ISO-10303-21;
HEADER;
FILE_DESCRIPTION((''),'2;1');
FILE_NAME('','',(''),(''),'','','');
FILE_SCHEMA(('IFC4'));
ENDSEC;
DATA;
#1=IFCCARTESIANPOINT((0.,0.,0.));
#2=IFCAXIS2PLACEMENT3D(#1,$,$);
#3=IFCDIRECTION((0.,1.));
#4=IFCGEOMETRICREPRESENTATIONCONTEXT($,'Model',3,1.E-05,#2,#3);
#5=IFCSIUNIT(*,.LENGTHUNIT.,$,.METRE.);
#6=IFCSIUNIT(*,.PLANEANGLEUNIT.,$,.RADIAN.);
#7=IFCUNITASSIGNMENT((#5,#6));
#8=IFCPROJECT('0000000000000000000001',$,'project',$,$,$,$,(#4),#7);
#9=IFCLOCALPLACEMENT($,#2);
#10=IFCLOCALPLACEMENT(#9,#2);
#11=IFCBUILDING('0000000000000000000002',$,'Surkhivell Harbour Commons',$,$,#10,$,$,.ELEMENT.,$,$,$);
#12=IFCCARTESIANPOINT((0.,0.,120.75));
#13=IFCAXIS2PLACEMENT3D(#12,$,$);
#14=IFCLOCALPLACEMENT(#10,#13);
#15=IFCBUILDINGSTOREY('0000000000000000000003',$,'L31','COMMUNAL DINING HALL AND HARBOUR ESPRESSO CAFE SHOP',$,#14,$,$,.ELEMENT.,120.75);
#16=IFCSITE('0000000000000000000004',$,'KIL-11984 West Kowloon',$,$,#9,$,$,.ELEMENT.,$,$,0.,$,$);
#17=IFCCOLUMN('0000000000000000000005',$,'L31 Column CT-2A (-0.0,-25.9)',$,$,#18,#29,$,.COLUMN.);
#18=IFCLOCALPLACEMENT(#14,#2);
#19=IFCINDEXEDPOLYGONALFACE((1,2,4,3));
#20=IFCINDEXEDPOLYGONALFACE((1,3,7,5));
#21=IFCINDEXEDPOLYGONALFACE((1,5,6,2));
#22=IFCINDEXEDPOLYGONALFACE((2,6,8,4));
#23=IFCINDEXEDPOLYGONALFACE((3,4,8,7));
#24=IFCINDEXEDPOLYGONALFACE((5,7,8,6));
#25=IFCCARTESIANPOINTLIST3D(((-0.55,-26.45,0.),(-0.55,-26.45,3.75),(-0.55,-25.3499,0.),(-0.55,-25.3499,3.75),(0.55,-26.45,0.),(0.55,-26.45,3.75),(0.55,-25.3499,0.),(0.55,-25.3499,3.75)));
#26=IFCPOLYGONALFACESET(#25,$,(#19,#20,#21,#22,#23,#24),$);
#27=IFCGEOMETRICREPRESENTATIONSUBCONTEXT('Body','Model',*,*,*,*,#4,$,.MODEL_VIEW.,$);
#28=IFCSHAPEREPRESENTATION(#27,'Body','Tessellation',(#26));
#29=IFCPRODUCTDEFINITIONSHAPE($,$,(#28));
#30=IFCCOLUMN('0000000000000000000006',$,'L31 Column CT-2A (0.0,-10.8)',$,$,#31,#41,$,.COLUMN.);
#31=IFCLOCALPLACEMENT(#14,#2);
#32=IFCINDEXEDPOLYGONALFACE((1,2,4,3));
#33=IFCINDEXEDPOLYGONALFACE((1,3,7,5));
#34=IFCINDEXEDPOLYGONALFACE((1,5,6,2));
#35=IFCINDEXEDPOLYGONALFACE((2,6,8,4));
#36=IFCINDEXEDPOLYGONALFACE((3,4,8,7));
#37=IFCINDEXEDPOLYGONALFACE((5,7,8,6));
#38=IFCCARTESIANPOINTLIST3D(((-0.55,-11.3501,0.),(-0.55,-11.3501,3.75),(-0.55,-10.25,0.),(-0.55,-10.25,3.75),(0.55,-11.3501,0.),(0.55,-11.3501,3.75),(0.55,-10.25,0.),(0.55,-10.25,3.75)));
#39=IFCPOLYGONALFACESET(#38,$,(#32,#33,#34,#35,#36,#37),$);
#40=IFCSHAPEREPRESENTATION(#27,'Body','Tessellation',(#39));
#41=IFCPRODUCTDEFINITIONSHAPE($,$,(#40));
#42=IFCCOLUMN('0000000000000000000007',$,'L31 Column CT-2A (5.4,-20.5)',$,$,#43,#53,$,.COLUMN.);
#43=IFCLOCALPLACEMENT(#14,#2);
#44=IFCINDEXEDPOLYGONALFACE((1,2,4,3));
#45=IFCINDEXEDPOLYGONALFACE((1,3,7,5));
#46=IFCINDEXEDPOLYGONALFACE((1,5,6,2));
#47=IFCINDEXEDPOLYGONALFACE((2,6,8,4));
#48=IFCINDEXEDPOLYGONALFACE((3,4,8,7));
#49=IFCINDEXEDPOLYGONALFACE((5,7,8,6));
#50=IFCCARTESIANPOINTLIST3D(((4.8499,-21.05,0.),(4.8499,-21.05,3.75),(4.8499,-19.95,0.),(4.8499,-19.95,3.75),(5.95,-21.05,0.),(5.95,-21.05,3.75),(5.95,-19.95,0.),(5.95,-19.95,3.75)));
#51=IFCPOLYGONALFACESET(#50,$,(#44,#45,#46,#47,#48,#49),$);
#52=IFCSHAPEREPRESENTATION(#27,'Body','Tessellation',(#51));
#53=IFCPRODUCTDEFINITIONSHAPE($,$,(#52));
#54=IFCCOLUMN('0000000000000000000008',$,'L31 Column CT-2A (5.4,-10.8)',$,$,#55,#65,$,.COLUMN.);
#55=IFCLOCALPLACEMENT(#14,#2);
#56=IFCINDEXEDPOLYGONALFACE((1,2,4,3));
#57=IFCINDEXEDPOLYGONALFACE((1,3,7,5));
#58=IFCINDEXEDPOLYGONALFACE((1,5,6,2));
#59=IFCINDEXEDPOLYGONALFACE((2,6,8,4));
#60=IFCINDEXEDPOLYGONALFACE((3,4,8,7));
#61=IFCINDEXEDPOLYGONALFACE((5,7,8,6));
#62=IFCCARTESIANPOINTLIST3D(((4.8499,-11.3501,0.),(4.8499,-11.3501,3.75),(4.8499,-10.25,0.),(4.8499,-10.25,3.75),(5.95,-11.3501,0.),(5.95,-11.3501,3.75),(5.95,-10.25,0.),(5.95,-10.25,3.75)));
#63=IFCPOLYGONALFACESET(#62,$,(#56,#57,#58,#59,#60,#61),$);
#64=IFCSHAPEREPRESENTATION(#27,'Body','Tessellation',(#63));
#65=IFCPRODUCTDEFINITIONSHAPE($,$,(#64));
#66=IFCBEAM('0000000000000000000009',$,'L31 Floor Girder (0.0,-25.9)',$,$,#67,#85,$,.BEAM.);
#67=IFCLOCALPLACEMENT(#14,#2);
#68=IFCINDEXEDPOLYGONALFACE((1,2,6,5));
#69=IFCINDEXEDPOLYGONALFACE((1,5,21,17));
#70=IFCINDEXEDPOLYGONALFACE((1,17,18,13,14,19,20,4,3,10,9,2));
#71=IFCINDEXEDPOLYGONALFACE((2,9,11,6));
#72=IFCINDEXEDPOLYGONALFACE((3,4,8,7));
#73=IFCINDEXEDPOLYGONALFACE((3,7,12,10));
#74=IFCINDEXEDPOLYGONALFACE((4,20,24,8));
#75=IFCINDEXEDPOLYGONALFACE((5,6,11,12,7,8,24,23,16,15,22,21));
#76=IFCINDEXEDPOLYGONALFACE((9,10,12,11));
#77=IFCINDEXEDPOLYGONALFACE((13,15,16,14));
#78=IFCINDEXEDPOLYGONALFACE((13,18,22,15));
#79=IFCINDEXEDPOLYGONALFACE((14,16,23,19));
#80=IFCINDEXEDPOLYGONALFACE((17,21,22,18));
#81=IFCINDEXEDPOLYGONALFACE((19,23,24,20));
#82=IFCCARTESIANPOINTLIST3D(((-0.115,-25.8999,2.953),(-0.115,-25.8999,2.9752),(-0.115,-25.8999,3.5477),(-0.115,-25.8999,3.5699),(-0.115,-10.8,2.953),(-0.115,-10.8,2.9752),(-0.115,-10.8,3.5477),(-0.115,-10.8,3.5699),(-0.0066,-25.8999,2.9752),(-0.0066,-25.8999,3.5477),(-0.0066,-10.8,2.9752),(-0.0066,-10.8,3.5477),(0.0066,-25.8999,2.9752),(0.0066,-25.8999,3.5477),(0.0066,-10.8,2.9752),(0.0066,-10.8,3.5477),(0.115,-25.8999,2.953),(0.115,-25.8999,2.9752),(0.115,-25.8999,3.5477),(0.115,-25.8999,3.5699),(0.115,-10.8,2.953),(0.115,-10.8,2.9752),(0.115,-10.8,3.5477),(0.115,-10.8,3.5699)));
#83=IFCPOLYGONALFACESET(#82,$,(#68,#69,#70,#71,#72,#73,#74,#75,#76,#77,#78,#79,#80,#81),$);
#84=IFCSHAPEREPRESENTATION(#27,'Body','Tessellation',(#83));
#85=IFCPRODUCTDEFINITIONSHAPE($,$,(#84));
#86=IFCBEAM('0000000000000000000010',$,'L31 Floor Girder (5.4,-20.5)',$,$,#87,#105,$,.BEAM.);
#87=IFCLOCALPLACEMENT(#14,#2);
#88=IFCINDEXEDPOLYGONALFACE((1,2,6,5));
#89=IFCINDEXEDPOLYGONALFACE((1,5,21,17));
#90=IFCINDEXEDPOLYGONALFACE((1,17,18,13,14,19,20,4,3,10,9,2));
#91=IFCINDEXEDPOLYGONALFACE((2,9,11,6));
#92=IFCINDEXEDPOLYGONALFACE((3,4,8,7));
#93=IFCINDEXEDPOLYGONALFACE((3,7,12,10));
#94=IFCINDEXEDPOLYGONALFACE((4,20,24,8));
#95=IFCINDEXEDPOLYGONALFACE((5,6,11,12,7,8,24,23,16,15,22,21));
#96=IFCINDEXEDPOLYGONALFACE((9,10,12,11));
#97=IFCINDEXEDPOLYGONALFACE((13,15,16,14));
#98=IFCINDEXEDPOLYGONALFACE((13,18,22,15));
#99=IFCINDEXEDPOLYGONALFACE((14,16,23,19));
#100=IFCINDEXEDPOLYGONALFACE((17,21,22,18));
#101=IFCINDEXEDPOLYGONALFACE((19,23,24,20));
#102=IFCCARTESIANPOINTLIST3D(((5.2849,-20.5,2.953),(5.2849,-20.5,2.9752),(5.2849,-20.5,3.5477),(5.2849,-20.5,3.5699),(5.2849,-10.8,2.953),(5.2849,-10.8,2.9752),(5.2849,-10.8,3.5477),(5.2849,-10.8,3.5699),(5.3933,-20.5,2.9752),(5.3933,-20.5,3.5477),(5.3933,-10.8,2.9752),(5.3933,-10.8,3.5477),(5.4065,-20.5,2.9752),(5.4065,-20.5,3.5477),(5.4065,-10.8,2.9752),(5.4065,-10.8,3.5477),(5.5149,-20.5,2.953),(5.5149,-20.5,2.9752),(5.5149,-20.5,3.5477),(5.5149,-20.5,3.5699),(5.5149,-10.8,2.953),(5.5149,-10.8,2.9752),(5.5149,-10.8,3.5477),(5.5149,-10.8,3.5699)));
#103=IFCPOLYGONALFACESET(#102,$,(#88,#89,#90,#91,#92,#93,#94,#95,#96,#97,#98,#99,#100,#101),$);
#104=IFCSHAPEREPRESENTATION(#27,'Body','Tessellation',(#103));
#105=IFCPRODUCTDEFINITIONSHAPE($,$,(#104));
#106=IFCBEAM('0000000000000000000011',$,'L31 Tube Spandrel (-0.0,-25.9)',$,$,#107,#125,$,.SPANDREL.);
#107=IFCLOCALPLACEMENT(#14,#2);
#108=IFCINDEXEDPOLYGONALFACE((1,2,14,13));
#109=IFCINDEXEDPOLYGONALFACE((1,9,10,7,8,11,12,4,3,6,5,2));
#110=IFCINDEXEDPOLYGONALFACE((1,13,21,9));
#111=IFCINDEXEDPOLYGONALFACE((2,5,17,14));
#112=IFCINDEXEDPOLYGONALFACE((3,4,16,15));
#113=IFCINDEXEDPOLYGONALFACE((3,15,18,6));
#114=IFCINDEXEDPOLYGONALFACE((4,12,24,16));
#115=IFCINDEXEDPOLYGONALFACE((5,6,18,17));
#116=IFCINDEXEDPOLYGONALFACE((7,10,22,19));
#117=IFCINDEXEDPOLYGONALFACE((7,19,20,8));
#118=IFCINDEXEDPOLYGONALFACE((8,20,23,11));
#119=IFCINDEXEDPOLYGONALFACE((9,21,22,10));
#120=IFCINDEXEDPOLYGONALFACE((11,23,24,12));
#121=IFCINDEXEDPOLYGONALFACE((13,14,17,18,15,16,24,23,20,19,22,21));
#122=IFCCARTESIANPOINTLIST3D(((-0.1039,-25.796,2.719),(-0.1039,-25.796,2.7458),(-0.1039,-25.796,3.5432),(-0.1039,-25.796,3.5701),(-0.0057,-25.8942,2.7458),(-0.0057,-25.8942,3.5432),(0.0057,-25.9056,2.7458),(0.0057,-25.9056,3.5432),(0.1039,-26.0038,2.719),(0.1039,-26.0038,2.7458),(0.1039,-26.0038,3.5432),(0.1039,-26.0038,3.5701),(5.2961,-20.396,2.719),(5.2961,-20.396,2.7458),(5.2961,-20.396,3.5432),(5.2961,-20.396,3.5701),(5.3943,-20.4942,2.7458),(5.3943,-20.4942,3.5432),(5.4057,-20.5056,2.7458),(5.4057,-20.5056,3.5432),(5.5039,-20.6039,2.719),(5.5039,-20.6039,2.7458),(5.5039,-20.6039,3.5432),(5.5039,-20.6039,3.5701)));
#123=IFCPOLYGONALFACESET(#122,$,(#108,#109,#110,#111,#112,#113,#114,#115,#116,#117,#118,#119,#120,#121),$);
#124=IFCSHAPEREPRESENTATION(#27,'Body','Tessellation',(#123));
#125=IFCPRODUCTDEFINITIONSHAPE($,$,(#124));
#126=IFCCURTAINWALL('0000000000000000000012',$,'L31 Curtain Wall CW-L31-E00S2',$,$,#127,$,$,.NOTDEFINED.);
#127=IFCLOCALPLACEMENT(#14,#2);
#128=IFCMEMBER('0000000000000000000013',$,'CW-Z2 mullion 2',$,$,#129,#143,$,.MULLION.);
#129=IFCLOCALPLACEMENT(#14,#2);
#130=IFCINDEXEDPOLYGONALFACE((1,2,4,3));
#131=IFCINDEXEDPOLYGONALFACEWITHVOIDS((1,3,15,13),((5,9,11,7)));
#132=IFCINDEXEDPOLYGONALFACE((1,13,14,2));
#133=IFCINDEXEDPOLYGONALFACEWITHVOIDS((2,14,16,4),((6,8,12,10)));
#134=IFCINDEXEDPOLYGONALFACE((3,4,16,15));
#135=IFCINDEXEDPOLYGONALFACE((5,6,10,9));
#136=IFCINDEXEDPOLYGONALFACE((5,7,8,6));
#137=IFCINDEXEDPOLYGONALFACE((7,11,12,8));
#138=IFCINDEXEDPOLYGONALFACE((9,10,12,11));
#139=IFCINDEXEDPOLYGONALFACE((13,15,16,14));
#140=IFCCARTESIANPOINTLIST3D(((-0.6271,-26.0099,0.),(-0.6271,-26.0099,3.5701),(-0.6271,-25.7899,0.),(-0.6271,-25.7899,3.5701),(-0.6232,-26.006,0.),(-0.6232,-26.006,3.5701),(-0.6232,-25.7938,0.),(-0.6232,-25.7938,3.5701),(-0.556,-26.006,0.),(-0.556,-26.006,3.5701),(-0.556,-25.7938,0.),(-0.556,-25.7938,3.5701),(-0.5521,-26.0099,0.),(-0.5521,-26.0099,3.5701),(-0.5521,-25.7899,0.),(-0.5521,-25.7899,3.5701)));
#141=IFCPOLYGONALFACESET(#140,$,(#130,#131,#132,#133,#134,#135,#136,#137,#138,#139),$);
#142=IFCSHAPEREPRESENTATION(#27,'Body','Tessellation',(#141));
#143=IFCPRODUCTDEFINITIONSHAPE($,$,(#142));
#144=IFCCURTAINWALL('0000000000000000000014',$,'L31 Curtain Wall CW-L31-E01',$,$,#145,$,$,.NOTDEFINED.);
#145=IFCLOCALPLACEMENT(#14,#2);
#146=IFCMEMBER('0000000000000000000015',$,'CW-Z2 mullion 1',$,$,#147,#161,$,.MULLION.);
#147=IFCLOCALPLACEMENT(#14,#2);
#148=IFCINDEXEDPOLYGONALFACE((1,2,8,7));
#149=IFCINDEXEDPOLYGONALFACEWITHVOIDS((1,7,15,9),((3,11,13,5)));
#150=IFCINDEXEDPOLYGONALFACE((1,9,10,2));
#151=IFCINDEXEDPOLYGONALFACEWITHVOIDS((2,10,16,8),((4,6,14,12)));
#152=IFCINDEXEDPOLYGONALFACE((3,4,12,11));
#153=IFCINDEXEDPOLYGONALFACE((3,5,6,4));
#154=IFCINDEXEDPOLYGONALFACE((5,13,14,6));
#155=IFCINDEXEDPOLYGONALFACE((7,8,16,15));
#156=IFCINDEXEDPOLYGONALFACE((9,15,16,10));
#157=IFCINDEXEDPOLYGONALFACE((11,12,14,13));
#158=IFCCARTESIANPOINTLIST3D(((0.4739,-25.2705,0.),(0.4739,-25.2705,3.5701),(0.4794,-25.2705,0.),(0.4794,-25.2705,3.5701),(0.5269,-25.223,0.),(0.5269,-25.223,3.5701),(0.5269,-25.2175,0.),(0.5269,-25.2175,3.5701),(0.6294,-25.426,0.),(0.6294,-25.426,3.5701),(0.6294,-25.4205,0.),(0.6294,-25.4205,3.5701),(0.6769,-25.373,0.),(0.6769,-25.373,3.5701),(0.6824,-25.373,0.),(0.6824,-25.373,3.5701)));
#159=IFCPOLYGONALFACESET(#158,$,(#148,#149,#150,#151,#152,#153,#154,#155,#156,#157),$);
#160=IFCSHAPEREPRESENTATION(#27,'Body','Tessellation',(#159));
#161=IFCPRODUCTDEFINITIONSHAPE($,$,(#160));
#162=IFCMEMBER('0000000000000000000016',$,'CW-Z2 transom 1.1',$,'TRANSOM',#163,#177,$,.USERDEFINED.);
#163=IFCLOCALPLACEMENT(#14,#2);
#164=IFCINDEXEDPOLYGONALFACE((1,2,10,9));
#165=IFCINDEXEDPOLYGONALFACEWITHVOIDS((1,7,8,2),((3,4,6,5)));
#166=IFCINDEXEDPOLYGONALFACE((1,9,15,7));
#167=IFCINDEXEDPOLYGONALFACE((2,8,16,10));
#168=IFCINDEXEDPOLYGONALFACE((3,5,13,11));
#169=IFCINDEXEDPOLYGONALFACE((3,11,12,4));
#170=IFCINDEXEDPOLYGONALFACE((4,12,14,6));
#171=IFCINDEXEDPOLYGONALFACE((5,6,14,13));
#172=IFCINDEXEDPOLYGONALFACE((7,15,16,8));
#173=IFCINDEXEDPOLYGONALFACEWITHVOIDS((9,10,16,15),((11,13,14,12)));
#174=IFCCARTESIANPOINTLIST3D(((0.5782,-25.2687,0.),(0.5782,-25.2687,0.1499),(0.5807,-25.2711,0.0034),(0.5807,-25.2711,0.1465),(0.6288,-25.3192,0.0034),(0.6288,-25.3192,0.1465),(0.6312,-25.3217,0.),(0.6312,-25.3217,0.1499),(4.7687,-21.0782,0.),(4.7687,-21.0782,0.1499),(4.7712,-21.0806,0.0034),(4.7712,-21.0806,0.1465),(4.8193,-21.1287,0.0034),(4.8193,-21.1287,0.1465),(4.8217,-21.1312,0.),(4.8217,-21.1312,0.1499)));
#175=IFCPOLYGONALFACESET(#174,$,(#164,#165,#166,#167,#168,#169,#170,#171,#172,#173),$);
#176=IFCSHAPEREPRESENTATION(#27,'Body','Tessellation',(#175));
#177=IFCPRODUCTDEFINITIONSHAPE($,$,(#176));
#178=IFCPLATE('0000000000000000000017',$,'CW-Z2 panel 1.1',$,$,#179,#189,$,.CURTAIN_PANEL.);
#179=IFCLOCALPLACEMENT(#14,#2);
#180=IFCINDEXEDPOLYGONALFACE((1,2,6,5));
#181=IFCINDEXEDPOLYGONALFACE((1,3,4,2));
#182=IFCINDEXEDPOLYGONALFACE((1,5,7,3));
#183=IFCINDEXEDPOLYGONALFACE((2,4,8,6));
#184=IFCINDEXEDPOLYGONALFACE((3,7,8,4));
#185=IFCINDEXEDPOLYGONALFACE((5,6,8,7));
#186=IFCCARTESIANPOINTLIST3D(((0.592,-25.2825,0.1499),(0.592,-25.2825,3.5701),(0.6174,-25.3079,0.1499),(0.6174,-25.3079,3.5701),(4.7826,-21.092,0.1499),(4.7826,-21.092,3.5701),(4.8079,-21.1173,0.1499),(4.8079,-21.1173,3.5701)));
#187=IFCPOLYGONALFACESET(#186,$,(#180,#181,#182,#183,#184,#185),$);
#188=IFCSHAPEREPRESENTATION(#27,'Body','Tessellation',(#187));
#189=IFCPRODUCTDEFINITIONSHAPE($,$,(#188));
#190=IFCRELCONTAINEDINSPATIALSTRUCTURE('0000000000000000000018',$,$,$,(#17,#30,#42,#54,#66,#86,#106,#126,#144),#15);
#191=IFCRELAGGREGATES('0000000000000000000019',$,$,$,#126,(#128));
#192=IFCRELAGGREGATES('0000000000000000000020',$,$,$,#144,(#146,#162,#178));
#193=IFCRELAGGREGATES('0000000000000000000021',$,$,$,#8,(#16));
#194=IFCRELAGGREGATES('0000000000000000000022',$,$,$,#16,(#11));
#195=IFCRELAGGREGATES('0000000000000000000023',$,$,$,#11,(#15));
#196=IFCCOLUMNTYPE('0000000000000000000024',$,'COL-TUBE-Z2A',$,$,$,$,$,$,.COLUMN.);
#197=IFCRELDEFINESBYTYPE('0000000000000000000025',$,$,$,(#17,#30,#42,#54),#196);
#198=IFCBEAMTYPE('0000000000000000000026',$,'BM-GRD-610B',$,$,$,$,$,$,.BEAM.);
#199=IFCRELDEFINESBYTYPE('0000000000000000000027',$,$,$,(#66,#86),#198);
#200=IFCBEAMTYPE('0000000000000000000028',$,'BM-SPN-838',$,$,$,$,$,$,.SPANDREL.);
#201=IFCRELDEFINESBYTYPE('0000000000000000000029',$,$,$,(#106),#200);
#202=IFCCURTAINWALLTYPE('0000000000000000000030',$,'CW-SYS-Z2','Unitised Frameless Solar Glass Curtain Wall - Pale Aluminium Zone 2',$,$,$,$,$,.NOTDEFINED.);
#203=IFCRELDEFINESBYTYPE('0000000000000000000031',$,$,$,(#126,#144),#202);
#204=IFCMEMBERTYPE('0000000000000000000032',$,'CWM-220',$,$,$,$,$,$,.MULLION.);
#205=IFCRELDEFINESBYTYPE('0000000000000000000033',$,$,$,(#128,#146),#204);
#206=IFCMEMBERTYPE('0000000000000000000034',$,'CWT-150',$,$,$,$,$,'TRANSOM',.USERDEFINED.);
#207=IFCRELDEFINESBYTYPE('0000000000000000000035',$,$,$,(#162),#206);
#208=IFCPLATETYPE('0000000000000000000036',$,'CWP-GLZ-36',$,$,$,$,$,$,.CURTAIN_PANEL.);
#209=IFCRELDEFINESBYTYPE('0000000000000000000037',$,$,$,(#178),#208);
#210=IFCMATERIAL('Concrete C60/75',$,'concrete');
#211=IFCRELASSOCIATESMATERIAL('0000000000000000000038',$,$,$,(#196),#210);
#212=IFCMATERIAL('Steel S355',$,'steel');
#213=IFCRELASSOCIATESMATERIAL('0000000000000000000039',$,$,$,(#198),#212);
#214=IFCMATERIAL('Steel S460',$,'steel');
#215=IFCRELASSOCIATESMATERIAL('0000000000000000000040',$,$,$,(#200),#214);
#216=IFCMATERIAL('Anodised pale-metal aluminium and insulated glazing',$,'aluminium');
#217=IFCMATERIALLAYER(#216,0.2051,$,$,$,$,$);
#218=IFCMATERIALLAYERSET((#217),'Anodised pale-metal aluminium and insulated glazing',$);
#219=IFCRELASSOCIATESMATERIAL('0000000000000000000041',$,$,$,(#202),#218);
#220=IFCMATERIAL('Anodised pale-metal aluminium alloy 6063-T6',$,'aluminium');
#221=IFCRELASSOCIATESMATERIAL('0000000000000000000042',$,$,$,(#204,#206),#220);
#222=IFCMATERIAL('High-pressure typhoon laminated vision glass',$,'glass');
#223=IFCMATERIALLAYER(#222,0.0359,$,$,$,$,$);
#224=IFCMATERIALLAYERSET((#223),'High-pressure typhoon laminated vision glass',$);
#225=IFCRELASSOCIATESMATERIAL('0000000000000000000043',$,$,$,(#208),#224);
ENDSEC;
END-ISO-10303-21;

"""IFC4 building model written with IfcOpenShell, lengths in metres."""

from ifc_helpers import new_model, si_unit, direction, frame, frame_2d, origin, origin_2d, place, context, subcontext, project, spatial, rectangle, hollow_rectangle, i_section, extrude, material, layer, layer_set, material_profile, profile_set, type_object, element, aggregate, save


model = new_model("IFC4")

# Units and contexts
model_context = context("Model", 3, precision=1e-05, world=origin(), true_north=direction((0.0, 1.0)))
body_context = subcontext(model_context, "Body", "Model", "MODEL_VIEW")
ifc_project = project(units=[si_unit("LENGTHUNIT", "METRE"), si_unit("PLANEANGLEUNIT", "RADIAN")], contexts=[model_context])

# Site, building, storey
site_placement = place(None, origin())
site = spatial("IfcSite", under=ifc_project, at=site_placement, Name="KIL-11984 West Kowloon", CompositionType="ELEMENT", RefElevation=0.0)
building_placement = place(site_placement, origin())
building = spatial("IfcBuilding", under=site, at=building_placement, Name="Surkhivell Harbour Commons", CompositionType="ELEMENT")
storey_placement = place(building_placement, frame((0.0, 0.0, 120.75)))
storey = spatial("IfcBuildingStorey", under=building, at=storey_placement, Name="L31", Description="COMMUNAL DINING HALL AND HARBOUR ESPRESSO CAFE SHOP", CompositionType="ELEMENT", Elevation=120.75)

# Columns
ifc_material_1 = material(Name="Concrete C60/75", Category="concrete")
ifc_material_profile_1 = material_profile(ifc_material_1, rectangle(XDim=1.1001, YDim=1.1001, at=origin_2d()), Name="RC-COL-1100x1100")
ifc_profile_set_1 = profile_set([ifc_material_profile_1], Name="Concrete C60/75")
column_type = type_object("IfcColumnType", Name="COL-TUBE-Z2A", PredefinedType="COLUMN", material=ifc_profile_set_1)
for number, where, z_axis, x_axis, name in (
    (1, (0.0, -25.8999, 0.0), (0.0, 0.0, 1.0), (1.0, 0.0, 0.0), "L31 Column CT-2A (-0.0,-25.9)"),
    (2, (0.0, -10.8, 0.0), (0.0, 0.0, 1.0), (1.0, 0.0, 0.0), "L31 Column CT-2A (0.0,-10.8)"),
    (3, (5.3999, -20.5, 0.0), (0.0, 0.0, 1.0), (1.0, 0.0, 0.0), "L31 Column CT-2A (5.4,-20.5)"),
    (4, (5.3999, -10.8, 0.0), (0.0, 0.0, 1.0), (1.0, 0.0, 0.0), "L31 Column CT-2A (5.4,-10.8)"),
):
    element("IfcColumn", number, at=place(storey_placement, frame(where, z_axis=z_axis, x_axis=x_axis)), inside=storey, type_object=column_type, Name=name, PredefinedType="COLUMN", context=body_context, shape_type="SweptSolid", body=[
        extrude(rectangle(XDim=1.1001, YDim=1.1001, at=origin_2d()), origin(), (0.0, 0.0, 1.0), 3.75),
    ])

# Beams
ifc_material_2 = material(Name="Steel S355", Category="steel")
ifc_material_profile_2 = material_profile(ifc_material_2, i_section(OverallWidth=0.23, OverallDepth=0.6169, WebThickness=0.0132, FlangeThickness=0.0222, at=origin_2d()), Name="UB610x229x140")
ifc_profile_set_2 = profile_set([ifc_material_profile_2], Name="Steel S355")
beam_type_1 = type_object("IfcBeamType", Name="BM-GRD-610B", PredefinedType="BEAM", material=ifc_profile_set_2)
beam_1_placement = place(storey_placement, frame((0.0, -25.8999, 3.2615), z_axis=(0.0, 1.0, 0.0), x_axis=(-1.0, 0.0, 0.0)))
element("IfcBeam", 5, at=beam_1_placement, inside=storey, type_object=beam_type_1, Name="L31 Floor Girder (0.0,-25.9)", PredefinedType="BEAM", context=body_context, shape_type="SweptSolid", body=[
    extrude(i_section(OverallWidth=0.23, OverallDepth=0.6169, WebThickness=0.0132, FlangeThickness=0.0222, at=origin_2d()), origin(), (0.0, 0.0, 1.0), 15.0999),
])
beam_2_placement = place(storey_placement, frame((5.3999, -20.5, 3.2615), z_axis=(0.0, 1.0, 0.0), x_axis=(-1.0, 0.0, 0.0)))
element("IfcBeam", 6, at=beam_2_placement, inside=storey, type_object=beam_type_1, Name="L31 Floor Girder (5.4,-20.5)", PredefinedType="BEAM", context=body_context, shape_type="SweptSolid", body=[
    extrude(i_section(OverallWidth=0.23, OverallDepth=0.6169, WebThickness=0.0132, FlangeThickness=0.0222, at=origin_2d()), origin(), (0.0, 0.0, 1.0), 9.7),
])
ifc_material_3 = material(Name="Steel S460", Category="steel")
ifc_material_profile_3 = material_profile(ifc_material_3, i_section(OverallWidth=0.2939, OverallDepth=0.8511, WebThickness=0.0161, FlangeThickness=0.0269, at=origin_2d()), Name="UB838x292x226")
ifc_profile_set_3 = profile_set([ifc_material_profile_3], Name="Steel S460")
beam_type_2 = type_object("IfcBeamType", Name="BM-SPN-838", PredefinedType="SPANDREL", material=ifc_profile_set_3)
beam_3_placement = place(storey_placement, frame((0.0, -25.8999, 3.1445), z_axis=(0.707107, 0.707107, 0.0), x_axis=(-0.707107, 0.707107, 0.0)))
element("IfcBeam", 7, at=beam_3_placement, inside=storey, type_object=beam_type_2, Name="L31 Tube Spandrel (-0.0,-25.9)", PredefinedType="SPANDREL", context=body_context, shape_type="SweptSolid", body=[
    extrude(i_section(OverallWidth=0.2939, OverallDepth=0.8511, WebThickness=0.0161, FlangeThickness=0.0269, at=origin_2d()), origin(), (0.0, 0.0, 1.0), 7.6367),
])

# Curtain wall, member
ifc_material_4 = material(Name="Anodised pale-metal aluminium and insulated glazing", Category="aluminium")
ifc_layer_1 = layer(ifc_material_4, 0.2051)
ifc_layer_set_1 = layer_set([ifc_layer_1], Name="Anodised pale-metal aluminium and insulated glazing")
curtain_wall_type = type_object("IfcCurtainWallType", Name="CW-SYS-Z2", Description="Unitised Frameless Solar Glass Curtain Wall - Pale Aluminium Zone 2", PredefinedType="NOTDEFINED", material=ifc_layer_set_1)
curtain_wall_1_placement = place(storey_placement, origin())
curtain_wall_1 = element("IfcCurtainWall", 8, at=curtain_wall_1_placement, inside=storey, type_object=curtain_wall_type, Name="L31 Curtain Wall CW-L31-E00S2", PredefinedType="NOTDEFINED")
ifc_material_5 = material(Name="Anodised pale-metal aluminium alloy 6063-T6", Category="aluminium")
ifc_material_profile_4 = material_profile(ifc_material_5, hollow_rectangle(XDim=0.075, YDim=0.22, WallThickness=0.0039, at=origin_2d()), Name="ALU-MULL-75x220")
ifc_profile_set_4 = profile_set([ifc_material_profile_4], Name="Anodised pale-metal aluminium alloy 6063-T6")
member_type_1 = type_object("IfcMemberType", Name="CWM-220", PredefinedType="MULLION", material=ifc_profile_set_4)
member_1_placement = place(storey_placement, frame((-0.5896, -25.8999, 0.0), z_axis=(0.0, 0.0, 1.0), x_axis=(1.0, 0.0, 0.0)))
member_1 = element("IfcMember", 9, at=member_1_placement, type_object=member_type_1, Name="CW-Z2 mullion 2", PredefinedType="MULLION", context=body_context, shape_type="SweptSolid", body=[
    extrude(hollow_rectangle(XDim=0.075, YDim=0.22, WallThickness=0.0039, at=origin_2d()), origin(), (0.0, 0.0, 1.0), 3.5701),
])
aggregate(curtain_wall_1, [member_1])

# Curtain wall, members, plate
curtain_wall_2_placement = place(storey_placement, origin())
curtain_wall_2 = element("IfcCurtainWall", 10, at=curtain_wall_2_placement, inside=storey, type_object=curtain_wall_type, Name="L31 Curtain Wall CW-L31-E01", PredefinedType="NOTDEFINED")
member_2_placement = place(storey_placement, frame((0.5781, -25.3218, 0.0), z_axis=(0.0, 0.0, 1.0), x_axis=(0.707107, 0.707107, 0.0)))
member_2 = element("IfcMember", 11, at=member_2_placement, type_object=member_type_1, Name="CW-Z2 mullion 1", PredefinedType="MULLION", context=body_context, shape_type="SweptSolid", body=[
    extrude(hollow_rectangle(XDim=0.075, YDim=0.22, WallThickness=0.0039, at=origin_2d()), origin(), (0.0, 0.0, 1.0), 3.5701),
])
ifc_material_profile_5 = material_profile(ifc_material_5, hollow_rectangle(XDim=0.075, YDim=0.1499, WallThickness=0.0034, at=origin_2d()), Name="ALU-TRAN-75x150")
ifc_profile_set_5 = profile_set([ifc_material_profile_5], Name="Anodised pale-metal aluminium alloy 6063-T6")
member_type_2 = type_object("IfcMemberType", Name="CWT-150", ElementType="TRANSOM", PredefinedType="USERDEFINED", material=ifc_profile_set_5)
member_3_placement = place(storey_placement, frame((0.6047, -25.2952, 0.075), z_axis=(0.707107, 0.707107, 0.0), x_axis=(-0.707107, 0.707107, 0.0)))
member_3 = element("IfcMember", 12, at=member_3_placement, type_object=member_type_2, Name="CW-Z2 transom 1.1", ObjectType="TRANSOM", PredefinedType="USERDEFINED", context=body_context, shape_type="SweptSolid", body=[
    extrude(hollow_rectangle(XDim=0.075, YDim=0.1499, WallThickness=0.0034, at=origin_2d()), origin(), (0.0, 0.0, 1.0), 5.9263),
])
ifc_material_6 = material(Name="High-pressure typhoon laminated vision glass", Category="glass")
ifc_layer_2 = layer(ifc_material_6, 0.0359)
ifc_layer_set_2 = layer_set([ifc_layer_2], Name="High-pressure typhoon laminated vision glass")
plate_type = type_object("IfcPlateType", Name="CWP-GLZ-36", PredefinedType="CURTAIN_PANEL", material=ifc_layer_set_2)
plate_placement = place(storey_placement, frame((0.6047, -25.2952, 0.1499), z_axis=(0.0, 0.0, 1.0), x_axis=(0.707107, 0.707107, 0.0)))
plate = element("IfcPlate", 13, at=plate_placement, type_object=plate_type, Name="CW-Z2 panel 1.1", PredefinedType="CURTAIN_PANEL", context=body_context, shape_type="SweptSolid", body=[
    extrude(rectangle(XDim=5.9263, YDim=0.0359, at=frame_2d((2.9631, 0.0))), origin(), (0.0, 0.0, 1.0), 3.4202),
])
aggregate(curtain_wall_2, [member_2, member_3, plate])

save(model, "model.ifc")
